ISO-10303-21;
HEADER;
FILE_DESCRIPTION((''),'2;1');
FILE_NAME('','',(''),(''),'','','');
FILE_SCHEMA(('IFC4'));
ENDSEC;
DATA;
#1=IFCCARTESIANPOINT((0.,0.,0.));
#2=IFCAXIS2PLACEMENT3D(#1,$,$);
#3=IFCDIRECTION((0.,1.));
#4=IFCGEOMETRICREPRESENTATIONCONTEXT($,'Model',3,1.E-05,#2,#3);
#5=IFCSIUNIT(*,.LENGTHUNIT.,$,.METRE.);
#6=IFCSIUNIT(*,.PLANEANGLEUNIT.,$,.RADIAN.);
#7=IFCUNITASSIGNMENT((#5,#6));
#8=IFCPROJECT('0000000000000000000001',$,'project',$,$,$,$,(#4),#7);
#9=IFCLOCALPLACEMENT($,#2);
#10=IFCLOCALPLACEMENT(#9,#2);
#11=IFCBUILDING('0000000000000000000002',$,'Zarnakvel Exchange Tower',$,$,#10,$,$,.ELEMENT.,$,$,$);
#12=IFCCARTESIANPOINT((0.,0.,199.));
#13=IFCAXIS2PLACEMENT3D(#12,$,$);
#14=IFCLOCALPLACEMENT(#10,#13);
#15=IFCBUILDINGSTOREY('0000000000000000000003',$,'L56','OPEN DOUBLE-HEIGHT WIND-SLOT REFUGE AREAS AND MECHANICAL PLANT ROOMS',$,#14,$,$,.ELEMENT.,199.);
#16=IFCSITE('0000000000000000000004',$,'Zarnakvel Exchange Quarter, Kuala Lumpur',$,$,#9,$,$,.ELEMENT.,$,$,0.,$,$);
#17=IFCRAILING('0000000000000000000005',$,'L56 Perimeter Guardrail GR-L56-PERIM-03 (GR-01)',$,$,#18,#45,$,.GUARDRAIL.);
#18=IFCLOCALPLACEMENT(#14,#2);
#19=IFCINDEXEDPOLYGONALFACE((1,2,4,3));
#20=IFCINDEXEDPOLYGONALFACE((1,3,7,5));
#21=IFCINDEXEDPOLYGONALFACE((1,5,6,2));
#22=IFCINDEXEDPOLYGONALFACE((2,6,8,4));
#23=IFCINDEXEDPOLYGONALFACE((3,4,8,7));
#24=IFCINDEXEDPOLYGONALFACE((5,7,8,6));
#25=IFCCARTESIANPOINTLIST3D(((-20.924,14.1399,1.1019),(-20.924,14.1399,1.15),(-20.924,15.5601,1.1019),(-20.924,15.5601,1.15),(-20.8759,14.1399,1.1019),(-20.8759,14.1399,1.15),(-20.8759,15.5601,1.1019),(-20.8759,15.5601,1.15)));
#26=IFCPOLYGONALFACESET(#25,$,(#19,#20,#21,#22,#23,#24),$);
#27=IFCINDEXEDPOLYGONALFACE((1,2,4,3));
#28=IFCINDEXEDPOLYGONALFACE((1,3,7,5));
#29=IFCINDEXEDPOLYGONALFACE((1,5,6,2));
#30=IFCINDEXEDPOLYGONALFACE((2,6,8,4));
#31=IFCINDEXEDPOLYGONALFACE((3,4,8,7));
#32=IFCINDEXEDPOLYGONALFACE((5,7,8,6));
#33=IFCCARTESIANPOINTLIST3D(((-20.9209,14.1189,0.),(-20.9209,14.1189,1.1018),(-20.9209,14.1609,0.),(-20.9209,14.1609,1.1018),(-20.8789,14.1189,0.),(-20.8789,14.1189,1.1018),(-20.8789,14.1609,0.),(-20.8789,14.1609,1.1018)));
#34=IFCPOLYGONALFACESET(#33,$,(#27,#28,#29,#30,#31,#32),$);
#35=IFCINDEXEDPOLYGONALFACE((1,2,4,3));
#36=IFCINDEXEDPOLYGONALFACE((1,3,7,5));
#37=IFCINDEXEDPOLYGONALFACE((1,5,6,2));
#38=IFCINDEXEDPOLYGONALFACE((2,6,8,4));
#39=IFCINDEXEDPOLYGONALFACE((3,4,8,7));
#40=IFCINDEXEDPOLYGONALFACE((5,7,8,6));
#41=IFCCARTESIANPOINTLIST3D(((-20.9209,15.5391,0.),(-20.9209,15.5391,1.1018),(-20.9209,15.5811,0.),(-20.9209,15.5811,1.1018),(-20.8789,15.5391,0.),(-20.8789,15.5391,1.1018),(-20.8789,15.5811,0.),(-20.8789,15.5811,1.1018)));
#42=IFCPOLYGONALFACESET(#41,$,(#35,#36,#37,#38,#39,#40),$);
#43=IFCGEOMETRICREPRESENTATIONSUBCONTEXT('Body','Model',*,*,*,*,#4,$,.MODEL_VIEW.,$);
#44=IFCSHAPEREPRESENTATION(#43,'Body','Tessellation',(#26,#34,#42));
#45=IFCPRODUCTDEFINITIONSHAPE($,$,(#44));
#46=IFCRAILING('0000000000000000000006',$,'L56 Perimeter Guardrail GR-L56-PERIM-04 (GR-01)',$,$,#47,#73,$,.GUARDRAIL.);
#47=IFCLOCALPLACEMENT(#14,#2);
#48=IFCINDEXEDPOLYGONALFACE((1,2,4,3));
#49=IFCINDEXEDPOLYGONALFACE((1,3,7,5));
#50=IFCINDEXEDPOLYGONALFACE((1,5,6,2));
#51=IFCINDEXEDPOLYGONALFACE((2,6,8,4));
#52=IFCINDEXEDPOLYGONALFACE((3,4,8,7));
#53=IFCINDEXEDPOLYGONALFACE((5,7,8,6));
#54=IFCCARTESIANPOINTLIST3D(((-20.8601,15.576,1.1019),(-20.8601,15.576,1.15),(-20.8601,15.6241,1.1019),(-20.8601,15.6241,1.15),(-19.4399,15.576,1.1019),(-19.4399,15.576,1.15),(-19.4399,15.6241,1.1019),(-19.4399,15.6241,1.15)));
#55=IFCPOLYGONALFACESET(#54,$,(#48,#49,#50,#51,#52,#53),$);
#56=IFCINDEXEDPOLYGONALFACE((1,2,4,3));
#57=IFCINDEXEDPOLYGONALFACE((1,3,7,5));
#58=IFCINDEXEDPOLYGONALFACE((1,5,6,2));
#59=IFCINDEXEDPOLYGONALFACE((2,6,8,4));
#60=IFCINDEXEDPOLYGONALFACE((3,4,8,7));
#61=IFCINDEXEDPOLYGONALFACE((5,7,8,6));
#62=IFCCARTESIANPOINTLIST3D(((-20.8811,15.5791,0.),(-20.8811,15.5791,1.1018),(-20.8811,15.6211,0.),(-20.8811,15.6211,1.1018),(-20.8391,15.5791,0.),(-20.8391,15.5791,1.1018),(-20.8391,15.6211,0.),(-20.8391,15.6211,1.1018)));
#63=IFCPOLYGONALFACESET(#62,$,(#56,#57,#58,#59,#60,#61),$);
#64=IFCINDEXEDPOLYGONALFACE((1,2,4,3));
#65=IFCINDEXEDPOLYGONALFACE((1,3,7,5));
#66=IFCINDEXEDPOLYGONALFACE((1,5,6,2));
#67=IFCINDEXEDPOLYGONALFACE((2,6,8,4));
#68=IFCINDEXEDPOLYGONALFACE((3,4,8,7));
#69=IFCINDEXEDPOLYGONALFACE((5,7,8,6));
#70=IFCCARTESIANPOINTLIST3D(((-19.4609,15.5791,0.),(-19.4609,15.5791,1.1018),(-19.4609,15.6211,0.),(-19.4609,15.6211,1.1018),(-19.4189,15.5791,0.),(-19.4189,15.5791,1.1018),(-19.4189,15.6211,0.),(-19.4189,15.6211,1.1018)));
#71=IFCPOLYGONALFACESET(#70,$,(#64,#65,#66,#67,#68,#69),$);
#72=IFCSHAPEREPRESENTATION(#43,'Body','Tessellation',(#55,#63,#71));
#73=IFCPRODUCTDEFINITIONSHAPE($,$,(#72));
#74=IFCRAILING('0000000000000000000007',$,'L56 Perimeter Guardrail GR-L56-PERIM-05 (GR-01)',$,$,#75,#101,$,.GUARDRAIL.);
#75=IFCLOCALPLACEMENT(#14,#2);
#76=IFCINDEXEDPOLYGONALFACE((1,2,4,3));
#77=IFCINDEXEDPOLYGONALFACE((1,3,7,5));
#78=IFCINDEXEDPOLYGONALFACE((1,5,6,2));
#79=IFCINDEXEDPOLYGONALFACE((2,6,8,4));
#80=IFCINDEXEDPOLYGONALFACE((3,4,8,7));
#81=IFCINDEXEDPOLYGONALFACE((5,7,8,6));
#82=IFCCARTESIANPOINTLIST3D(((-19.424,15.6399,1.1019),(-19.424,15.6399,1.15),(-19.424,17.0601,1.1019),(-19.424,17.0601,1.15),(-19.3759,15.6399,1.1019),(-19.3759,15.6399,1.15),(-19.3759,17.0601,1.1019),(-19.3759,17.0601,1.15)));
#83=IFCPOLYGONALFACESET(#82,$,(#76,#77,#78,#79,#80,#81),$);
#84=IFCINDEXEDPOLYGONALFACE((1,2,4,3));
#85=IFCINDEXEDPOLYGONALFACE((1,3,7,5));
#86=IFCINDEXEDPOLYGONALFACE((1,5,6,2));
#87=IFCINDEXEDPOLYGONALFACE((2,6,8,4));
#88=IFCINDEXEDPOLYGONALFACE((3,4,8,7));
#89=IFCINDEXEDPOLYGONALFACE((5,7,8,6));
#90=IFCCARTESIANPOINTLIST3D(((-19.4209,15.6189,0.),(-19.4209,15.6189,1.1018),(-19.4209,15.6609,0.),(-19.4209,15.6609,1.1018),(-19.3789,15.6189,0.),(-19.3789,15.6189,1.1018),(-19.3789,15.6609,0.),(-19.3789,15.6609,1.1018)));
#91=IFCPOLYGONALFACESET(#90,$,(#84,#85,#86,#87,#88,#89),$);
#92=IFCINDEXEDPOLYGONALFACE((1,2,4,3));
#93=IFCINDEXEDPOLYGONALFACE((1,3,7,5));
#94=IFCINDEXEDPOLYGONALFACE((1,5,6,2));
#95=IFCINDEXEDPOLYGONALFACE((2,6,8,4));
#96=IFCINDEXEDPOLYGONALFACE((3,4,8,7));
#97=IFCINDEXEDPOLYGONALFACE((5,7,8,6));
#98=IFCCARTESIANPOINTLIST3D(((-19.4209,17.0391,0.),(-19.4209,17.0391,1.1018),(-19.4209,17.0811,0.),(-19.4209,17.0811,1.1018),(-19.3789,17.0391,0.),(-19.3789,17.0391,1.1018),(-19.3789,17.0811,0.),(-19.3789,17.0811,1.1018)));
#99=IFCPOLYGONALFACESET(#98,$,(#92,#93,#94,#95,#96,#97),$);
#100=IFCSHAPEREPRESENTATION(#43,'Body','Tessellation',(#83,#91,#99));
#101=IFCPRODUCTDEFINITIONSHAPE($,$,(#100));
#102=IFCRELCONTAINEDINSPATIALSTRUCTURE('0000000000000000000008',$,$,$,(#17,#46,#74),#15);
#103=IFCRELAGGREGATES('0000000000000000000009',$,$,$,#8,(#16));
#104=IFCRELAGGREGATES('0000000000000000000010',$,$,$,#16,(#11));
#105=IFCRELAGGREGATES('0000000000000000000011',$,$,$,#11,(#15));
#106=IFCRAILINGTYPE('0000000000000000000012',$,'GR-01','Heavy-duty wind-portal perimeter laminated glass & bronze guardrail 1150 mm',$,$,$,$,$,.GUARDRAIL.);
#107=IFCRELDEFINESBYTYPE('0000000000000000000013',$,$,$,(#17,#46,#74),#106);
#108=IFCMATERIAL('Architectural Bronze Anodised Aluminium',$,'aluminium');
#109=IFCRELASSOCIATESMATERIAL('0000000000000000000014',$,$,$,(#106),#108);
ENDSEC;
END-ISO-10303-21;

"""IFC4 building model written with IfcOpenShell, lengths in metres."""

from ifc_helpers import new_model, si_unit, direction, frame, origin, origin_2d, place, context, subcontext, project, spatial, rectangle, extrude, material, type_object, element, save


model = new_model("IFC4")

# Units and contexts
model_context = context("Model", 3, precision=1e-05, world=origin(), true_north=direction((0.0, 1.0)))
body_context = subcontext(model_context, "Body", "Model", "MODEL_VIEW")
ifc_project = project(units=[si_unit("LENGTHUNIT", "METRE"), si_unit("PLANEANGLEUNIT", "RADIAN")], contexts=[model_context])

# Site, building, storey
site_placement = place(None, origin())
site = spatial("IfcSite", under=ifc_project, at=site_placement, Name="Zarnakvel Exchange Quarter, Kuala Lumpur", CompositionType="ELEMENT", RefElevation=0.0)
building_placement = place(site_placement, origin())
building = spatial("IfcBuilding", under=site, at=building_placement, Name="Zarnakvel Exchange Tower", CompositionType="ELEMENT")
storey_placement = place(building_placement, frame((0.0, 0.0, 199.0)))
storey = spatial("IfcBuildingStorey", under=building, at=storey_placement, Name="L56", Description="OPEN DOUBLE-HEIGHT WIND-SLOT REFUGE AREAS AND MECHANICAL PLANT ROOMS", CompositionType="ELEMENT", Elevation=199.0)

# Railings
ifc_material_1 = material(Name="Architectural Bronze Anodised Aluminium", Category="aluminium")
railing_type = type_object("IfcRailingType", Name="GR-01", Description="Heavy-duty wind-portal perimeter laminated glass & bronze guardrail 1150 mm", PredefinedType="GUARDRAIL", material=ifc_material_1)
railing_1_placement = place(storey_placement, frame((-20.8999, 14.1399, 0.0)))
element("IfcRailing", 1, at=railing_1_placement, inside=storey, type_object=railing_type, Name="L56 Perimeter Guardrail GR-L56-PERIM-03 (GR-01)", PredefinedType="GUARDRAIL", context=body_context, shape_type="SweptSolid", body=[
    extrude(rectangle(XDim=0.0481, YDim=0.0481, at=origin_2d()), frame((0.0, 0.0, 1.126), z_axis=(0.0, 1.0, 0.0), x_axis=(-1.0, 0.0, 0.0)), (0.0, 0.0, 1.0), 1.4202),
    extrude(rectangle(XDim=0.042, YDim=0.042, at=origin_2d()), origin(), (0.0, 0.0, 1.0), 1.1018),
    extrude(rectangle(XDim=0.042, YDim=0.042, at=origin_2d()), frame((0.0, 1.4202, 0.0)), (0.0, 0.0, 1.0), 1.1018),
])
railing_2_placement = place(storey_placement, frame((-20.8601, 15.6001, 0.0)))
element("IfcRailing", 2, at=railing_2_placement, inside=storey, type_object=railing_type, Name="L56 Perimeter Guardrail GR-L56-PERIM-04 (GR-01)", PredefinedType="GUARDRAIL", context=body_context, shape_type="SweptSolid", body=[
    extrude(rectangle(XDim=0.0481, YDim=0.0481, at=origin_2d()), frame((0.0, 0.0, 1.126), z_axis=(1.0, 0.0, 0.0), x_axis=(0.0, 1.0, 0.0)), (0.0, 0.0, 1.0), 1.4202),
    extrude(rectangle(XDim=0.042, YDim=0.042, at=origin_2d()), origin(), (0.0, 0.0, 1.0), 1.1018),
    extrude(rectangle(XDim=0.042, YDim=0.042, at=origin_2d()), frame((1.4202, 0.0, 0.0)), (0.0, 0.0, 1.0), 1.1018),
])
railing_3_placement = place(storey_placement, frame((-19.3999, 15.6399, 0.0)))
element("IfcRailing", 3, at=railing_3_placement, inside=storey, type_object=railing_type, Name="L56 Perimeter Guardrail GR-L56-PERIM-05 (GR-01)", PredefinedType="GUARDRAIL", context=body_context, shape_type="SweptSolid", body=[
    extrude(rectangle(XDim=0.0481, YDim=0.0481, at=origin_2d()), frame((0.0, 0.0, 1.126), z_axis=(0.0, 1.0, 0.0), x_axis=(-1.0, 0.0, 0.0)), (0.0, 0.0, 1.0), 1.4202),
    extrude(rectangle(XDim=0.042, YDim=0.042, at=origin_2d()), origin(), (0.0, 0.0, 1.0), 1.1018),
    extrude(rectangle(XDim=0.042, YDim=0.042, at=origin_2d()), frame((0.0, 1.4202, 0.0)), (0.0, 0.0, 1.0), 1.1018),
])

save(model, "model.ifc")
